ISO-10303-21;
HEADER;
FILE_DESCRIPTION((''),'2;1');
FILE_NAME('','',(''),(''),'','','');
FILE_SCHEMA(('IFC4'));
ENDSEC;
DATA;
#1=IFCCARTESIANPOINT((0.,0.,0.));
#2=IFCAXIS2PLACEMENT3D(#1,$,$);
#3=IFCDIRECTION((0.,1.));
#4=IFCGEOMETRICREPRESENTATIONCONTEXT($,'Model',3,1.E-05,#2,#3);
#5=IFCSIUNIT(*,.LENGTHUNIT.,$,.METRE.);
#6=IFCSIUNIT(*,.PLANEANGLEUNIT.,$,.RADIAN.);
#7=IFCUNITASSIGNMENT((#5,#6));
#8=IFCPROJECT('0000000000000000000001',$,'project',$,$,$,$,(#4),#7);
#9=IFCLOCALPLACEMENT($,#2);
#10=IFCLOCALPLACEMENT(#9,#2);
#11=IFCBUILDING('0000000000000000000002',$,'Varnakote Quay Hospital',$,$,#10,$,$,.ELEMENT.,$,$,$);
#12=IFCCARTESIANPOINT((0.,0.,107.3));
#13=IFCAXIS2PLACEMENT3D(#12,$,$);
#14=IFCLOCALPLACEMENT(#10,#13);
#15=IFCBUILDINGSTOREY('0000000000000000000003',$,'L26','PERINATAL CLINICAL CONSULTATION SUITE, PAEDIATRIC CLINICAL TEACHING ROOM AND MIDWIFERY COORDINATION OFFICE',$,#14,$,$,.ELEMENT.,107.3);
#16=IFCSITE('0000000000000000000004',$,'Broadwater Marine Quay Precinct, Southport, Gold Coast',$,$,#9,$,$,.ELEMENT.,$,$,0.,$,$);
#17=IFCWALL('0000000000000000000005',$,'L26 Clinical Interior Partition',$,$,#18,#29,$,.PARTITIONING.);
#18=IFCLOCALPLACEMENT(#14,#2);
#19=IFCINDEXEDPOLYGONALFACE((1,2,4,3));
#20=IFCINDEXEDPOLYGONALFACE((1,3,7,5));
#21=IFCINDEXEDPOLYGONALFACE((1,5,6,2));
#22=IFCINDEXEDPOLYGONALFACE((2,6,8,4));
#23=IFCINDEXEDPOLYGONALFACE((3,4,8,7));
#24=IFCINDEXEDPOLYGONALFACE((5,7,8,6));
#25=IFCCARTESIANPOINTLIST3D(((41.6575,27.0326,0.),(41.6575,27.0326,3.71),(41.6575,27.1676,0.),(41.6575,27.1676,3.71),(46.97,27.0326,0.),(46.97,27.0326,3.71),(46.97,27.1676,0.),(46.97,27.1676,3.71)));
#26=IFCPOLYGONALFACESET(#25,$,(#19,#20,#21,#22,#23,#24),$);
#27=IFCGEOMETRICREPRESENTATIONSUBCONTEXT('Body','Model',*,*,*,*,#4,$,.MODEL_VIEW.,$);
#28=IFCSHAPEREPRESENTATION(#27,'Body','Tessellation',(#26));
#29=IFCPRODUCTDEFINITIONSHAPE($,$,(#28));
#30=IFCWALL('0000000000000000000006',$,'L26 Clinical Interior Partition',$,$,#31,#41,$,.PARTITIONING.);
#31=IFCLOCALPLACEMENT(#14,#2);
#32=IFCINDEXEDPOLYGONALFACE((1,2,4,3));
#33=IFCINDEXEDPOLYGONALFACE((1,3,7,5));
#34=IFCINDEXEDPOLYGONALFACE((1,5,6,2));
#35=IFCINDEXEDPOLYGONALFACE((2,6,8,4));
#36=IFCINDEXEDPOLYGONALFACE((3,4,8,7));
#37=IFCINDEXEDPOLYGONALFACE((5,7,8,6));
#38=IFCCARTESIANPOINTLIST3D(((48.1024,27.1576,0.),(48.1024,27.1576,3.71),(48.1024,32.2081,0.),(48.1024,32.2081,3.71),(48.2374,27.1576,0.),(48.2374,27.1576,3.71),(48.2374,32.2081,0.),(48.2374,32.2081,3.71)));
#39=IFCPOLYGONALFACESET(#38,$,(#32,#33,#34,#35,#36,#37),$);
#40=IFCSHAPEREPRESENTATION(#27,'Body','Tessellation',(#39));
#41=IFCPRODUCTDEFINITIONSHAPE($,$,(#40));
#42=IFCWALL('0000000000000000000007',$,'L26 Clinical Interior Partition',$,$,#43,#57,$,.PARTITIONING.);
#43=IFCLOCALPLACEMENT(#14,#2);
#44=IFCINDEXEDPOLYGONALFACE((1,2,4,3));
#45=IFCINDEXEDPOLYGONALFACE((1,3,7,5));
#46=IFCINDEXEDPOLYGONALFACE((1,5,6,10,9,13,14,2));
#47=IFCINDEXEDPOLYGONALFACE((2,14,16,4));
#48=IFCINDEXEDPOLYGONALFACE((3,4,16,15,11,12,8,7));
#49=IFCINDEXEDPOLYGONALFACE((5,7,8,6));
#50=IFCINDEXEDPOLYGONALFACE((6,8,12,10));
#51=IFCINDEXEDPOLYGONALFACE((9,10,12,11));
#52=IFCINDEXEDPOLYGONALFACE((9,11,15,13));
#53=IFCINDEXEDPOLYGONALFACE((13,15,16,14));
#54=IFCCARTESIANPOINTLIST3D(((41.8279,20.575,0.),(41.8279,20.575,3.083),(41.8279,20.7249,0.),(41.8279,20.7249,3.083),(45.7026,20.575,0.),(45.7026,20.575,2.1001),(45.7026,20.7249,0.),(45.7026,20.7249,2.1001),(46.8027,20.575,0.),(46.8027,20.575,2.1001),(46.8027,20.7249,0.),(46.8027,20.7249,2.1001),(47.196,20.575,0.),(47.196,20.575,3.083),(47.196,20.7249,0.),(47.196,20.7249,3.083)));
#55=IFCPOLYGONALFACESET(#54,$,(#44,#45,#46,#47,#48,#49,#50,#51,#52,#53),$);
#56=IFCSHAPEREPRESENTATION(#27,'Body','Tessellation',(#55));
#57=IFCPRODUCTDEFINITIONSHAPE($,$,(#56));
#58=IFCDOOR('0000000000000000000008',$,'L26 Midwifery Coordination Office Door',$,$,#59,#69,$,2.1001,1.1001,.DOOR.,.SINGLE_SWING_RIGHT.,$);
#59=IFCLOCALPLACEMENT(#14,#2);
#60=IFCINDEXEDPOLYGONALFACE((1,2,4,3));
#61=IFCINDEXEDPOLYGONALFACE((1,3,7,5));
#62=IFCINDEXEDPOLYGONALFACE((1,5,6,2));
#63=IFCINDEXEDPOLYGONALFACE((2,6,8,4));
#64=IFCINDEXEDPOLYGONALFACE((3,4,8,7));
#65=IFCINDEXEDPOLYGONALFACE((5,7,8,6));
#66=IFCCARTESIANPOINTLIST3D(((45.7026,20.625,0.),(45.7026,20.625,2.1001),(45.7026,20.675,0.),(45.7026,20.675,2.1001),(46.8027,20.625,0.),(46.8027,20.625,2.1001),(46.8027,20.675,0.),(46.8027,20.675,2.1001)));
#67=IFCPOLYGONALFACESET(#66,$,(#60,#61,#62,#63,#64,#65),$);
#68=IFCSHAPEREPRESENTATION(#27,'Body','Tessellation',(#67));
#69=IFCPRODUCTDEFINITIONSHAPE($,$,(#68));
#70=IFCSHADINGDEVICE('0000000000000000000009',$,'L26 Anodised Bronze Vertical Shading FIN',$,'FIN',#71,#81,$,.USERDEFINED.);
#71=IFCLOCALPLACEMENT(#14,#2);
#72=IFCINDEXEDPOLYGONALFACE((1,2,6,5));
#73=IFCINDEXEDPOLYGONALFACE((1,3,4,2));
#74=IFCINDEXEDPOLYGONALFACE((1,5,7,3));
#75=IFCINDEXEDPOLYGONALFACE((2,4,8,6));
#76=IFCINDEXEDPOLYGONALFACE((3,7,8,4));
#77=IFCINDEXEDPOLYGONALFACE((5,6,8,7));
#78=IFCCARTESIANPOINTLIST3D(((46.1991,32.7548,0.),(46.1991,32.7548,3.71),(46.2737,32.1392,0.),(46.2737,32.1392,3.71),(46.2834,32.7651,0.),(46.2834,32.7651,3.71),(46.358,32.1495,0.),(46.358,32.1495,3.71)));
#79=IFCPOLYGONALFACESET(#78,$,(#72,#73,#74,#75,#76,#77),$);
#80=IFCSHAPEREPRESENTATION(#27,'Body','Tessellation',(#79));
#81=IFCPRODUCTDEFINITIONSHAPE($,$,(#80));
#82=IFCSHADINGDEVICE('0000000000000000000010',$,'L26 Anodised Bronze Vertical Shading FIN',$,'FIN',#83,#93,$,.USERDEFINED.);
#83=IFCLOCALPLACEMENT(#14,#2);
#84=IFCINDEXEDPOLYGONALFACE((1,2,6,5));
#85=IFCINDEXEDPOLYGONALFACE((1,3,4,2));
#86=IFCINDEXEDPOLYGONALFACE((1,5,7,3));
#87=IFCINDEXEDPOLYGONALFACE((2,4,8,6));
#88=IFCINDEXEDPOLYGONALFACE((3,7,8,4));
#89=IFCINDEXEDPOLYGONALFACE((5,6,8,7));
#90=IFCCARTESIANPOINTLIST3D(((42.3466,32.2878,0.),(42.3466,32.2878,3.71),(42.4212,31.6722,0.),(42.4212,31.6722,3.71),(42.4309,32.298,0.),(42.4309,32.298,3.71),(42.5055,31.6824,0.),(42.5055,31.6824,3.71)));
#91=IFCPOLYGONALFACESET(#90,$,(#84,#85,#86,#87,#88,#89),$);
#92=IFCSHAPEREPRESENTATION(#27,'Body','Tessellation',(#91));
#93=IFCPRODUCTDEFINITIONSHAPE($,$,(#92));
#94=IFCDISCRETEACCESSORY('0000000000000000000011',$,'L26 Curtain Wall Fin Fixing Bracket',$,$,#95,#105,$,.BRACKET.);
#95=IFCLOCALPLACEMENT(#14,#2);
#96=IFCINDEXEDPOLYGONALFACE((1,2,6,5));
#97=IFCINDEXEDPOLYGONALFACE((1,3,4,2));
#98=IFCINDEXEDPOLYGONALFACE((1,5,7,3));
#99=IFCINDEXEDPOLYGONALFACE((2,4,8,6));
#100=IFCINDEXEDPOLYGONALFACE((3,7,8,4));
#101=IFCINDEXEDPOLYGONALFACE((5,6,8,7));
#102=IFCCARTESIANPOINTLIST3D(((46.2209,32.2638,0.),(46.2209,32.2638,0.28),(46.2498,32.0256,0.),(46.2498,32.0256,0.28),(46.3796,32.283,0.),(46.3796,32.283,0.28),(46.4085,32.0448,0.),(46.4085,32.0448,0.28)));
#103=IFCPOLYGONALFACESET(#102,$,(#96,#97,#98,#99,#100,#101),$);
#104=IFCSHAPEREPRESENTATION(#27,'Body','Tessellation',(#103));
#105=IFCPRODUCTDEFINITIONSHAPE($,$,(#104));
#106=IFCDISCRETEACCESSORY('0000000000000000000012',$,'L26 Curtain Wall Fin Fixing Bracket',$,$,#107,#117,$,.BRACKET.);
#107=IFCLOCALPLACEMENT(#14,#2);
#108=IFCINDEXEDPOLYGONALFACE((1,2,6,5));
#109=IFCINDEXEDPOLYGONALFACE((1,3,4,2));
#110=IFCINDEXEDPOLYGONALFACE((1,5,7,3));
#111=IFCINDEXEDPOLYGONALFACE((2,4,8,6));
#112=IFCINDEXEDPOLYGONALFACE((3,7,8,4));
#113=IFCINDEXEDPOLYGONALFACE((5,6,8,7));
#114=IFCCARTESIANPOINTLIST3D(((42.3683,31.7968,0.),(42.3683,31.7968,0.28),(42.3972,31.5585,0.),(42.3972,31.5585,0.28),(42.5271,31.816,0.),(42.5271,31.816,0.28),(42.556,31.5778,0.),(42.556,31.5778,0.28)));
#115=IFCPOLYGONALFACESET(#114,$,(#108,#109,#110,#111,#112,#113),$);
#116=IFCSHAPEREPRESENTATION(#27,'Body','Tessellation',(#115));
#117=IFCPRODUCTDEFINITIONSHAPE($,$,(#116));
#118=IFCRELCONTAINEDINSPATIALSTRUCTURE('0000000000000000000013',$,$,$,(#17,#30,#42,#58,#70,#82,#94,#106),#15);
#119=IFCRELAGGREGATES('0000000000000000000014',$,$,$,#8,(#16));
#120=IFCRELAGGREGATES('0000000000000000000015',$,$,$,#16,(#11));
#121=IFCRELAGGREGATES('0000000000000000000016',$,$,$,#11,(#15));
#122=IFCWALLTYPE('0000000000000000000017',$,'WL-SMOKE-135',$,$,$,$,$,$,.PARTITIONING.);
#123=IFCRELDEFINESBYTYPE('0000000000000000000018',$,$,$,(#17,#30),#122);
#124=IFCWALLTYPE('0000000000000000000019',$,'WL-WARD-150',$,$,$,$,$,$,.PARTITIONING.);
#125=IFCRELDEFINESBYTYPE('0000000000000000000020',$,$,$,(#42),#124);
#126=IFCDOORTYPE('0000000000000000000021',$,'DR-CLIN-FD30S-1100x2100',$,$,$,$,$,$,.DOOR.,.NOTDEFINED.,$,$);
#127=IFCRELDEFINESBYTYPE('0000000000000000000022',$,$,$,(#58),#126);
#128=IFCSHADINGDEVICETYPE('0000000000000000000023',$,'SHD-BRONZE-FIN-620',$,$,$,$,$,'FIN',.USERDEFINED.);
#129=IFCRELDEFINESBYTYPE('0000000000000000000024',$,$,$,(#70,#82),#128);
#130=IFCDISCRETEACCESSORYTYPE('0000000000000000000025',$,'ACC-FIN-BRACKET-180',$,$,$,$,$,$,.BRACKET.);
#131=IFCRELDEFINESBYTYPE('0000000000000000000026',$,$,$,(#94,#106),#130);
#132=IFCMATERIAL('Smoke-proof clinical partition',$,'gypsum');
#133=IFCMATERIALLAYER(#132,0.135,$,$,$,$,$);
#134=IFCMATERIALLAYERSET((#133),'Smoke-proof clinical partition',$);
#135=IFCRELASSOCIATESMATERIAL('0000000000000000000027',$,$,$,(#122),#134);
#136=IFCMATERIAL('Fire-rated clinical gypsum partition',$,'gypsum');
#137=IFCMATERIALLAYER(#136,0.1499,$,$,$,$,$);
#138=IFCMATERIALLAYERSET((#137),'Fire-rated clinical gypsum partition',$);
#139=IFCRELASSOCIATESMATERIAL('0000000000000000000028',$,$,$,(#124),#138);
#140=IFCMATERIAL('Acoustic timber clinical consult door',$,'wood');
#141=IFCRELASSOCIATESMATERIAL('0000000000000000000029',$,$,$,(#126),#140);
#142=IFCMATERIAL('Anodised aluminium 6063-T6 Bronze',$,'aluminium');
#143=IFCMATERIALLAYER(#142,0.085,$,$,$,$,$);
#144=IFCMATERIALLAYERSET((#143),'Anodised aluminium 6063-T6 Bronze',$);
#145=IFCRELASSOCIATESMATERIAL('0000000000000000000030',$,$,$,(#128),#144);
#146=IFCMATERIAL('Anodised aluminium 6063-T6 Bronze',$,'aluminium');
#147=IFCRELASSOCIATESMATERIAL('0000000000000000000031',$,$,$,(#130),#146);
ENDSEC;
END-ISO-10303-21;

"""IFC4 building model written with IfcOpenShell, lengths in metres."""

from ifc_helpers import new_model, si_unit, direction, frame, frame_2d, origin, origin_2d, place, context, subcontext, project, spatial, rectangle, extrude, material, layer, layer_set, type_object, element, fill, save


model = new_model("IFC4")

# Units and contexts
model_context = context("Model", 3, precision=1e-05, world=origin(), true_north=direction((0.0, 1.0)))
body_context = subcontext(model_context, "Body", "Model", "MODEL_VIEW")
ifc_project = project(units=[si_unit("LENGTHUNIT", "METRE"), si_unit("PLANEANGLEUNIT", "RADIAN")], contexts=[model_context])

# Site, building, storey
site_placement = place(None, origin())
site = spatial("IfcSite", under=ifc_project, at=site_placement, Name="Broadwater Marine Quay Precinct, Southport, Gold Coast", CompositionType="ELEMENT", RefElevation=0.0)
building_placement = place(site_placement, origin())
building = spatial("IfcBuilding", under=site, at=building_placement, Name="Varnakote Quay Hospital", CompositionType="ELEMENT")
storey_placement = place(building_placement, frame((0.0, 0.0, 107.3)))
storey = spatial("IfcBuildingStorey", under=building, at=storey_placement, Name="L26", Description="PERINATAL CLINICAL CONSULTATION SUITE, PAEDIATRIC CLINICAL TEACHING ROOM AND MIDWIFERY COORDINATION OFFICE", CompositionType="ELEMENT", Elevation=107.3)

# Walls
ifc_material_1 = material(Name="Smoke-proof clinical partition", Category="gypsum")
ifc_layer_1 = layer(ifc_material_1, 0.135)
ifc_layer_set_1 = layer_set([ifc_layer_1], Name="Smoke-proof clinical partition")
wall_type_1 = type_object("IfcWallType", Name="WL-SMOKE-135", PredefinedType="PARTITIONING", material=ifc_layer_set_1)
wall_1_placement = place(storey_placement, frame((46.97, 27.1001, 0.0), z_axis=(0.0, 0.0, 1.0), x_axis=(-1.0, 0.0, 0.0)))
element("IfcWall", 1, at=wall_1_placement, inside=storey, type_object=wall_type_1, Name="L26 Clinical Interior Partition", PredefinedType="PARTITIONING", context=body_context, shape_type="SweptSolid", body=[
    extrude(rectangle(XDim=5.3125, YDim=0.135, at=frame_2d((2.6562, 0.0))), origin(), (0.0, 0.0, 1.0), 3.71),
])
wall_2_placement = place(storey_placement, frame((48.1699, 27.1575, 0.0), z_axis=(0.0, 0.0, 1.0), x_axis=(0.0, 1.0, 0.0)))
element("IfcWall", 2, at=wall_2_placement, inside=storey, type_object=wall_type_1, Name="L26 Clinical Interior Partition", PredefinedType="PARTITIONING", context=body_context, shape_type="SweptSolid", body=[
    extrude(rectangle(XDim=5.0505, YDim=0.135, at=frame_2d((2.5254, 0.0))), origin(), (0.0, 0.0, 1.0), 3.71),
])

# Wall, opening, door
ifc_material_2 = material(Name="Fire-rated clinical gypsum partition", Category="gypsum")
ifc_layer_2 = layer(ifc_material_2, 0.1499)
ifc_layer_set_2 = layer_set([ifc_layer_2], Name="Fire-rated clinical gypsum partition")
wall_type_2 = type_object("IfcWallType", Name="WL-WARD-150", PredefinedType="PARTITIONING", material=ifc_layer_set_2)
wall_3_placement = place(storey_placement, frame((47.196, 20.6499, 0.0), z_axis=(0.0, 0.0, 1.0), x_axis=(-1.0, 0.0, 0.0)))
wall_3 = element("IfcWall", 3, at=wall_3_placement, inside=storey, type_object=wall_type_2, Name="L26 Clinical Interior Partition", PredefinedType="PARTITIONING", context=body_context, shape_type="SweptSolid", body=[
    extrude(rectangle(XDim=5.3682, YDim=0.1499, at=frame_2d((2.6841, 0.0))), origin(), (0.0, 0.0, 1.0), 3.083),
])
opening_placement = place(wall_3_placement, frame((0.3933, 0.0, 0.0)))
opening = element("IfcOpeningElement", 4, at=opening_placement, cuts=wall_3, PredefinedType="OPENING", context=body_context, shape_type="SweptSolid", body=[
    extrude(rectangle(XDim=1.1001, YDim=2.1001, at=frame_2d((0.55, 1.05))), frame((0.0, 0.085, 0.0), z_axis=(0.0, -1.0, 0.0), x_axis=(1.0, 0.0, 0.0)), (0.0, 0.0, 1.0), 0.1699),
])
ifc_material_3 = material(Name="Acoustic timber clinical consult door", Category="wood")
door_type = type_object("IfcDoorType", Name="DR-CLIN-FD30S-1100x2100", OperationType="NOTDEFINED", PredefinedType="DOOR", material=ifc_material_3)
door_placement = place(opening_placement, origin())
door = element("IfcDoor", 5, at=door_placement, inside=storey, type_object=door_type, Name="L26 Midwifery Coordination Office Door", OperationType="SINGLE_SWING_RIGHT", OverallHeight=2.1001, OverallWidth=1.1001, PredefinedType="DOOR", context=body_context, shape_type="SweptSolid", body=[
    extrude(rectangle(XDim=1.1001, YDim=2.1001, at=frame_2d((0.55, 1.05))), frame((0.0, 0.0249, 0.0), z_axis=(0.0, -1.0, 0.0), x_axis=(1.0, 0.0, 0.0)), (0.0, 0.0, 1.0), 0.05),
])
fill(opening, door)

# Shading devices
ifc_material_4 = material(Name="Anodised aluminium 6063-T6 Bronze", Category="aluminium")
ifc_layer_3 = layer(ifc_material_4, 0.085)
ifc_layer_set_3 = layer_set([ifc_layer_3], Name="Anodised aluminium 6063-T6 Bronze")
shading_device_type = type_object("IfcShadingDeviceType", Name="SHD-BRONZE-FIN-620", ElementType="FIN", PredefinedType="USERDEFINED", material=ifc_layer_set_3)
for number, where, z_axis, x_axis, name in (
    (6, (46.2786, 32.4521, 0.0), (0.0, 0.0, 1.0), (0.12031, -0.992736, 0.0), "L26 Anodised Bronze Vertical Shading FIN"),
    (7, (42.426, 31.9851, 0.0), (0.0, 0.0, 1.0), (0.12031, -0.992736, 0.0), "L26 Anodised Bronze Vertical Shading FIN"),
):
    element("IfcShadingDevice", number, at=place(storey_placement, frame(where, z_axis=z_axis, x_axis=x_axis)), inside=storey, type_object=shading_device_type, Name=name, ObjectType="FIN", PredefinedType="USERDEFINED", context=body_context, shape_type="SweptSolid", body=[
        extrude(rectangle(XDim=0.6201, YDim=0.085, at=origin_2d()), origin(), (0.0, 0.0, 1.0), 3.71),
    ])

# Discrete accessories
ifc_material_5 = material(Name="Anodised aluminium 6063-T6 Bronze", Category="aluminium")
discrete_accessory_type = type_object("IfcDiscreteAccessoryType", Name="ACC-FIN-BRACKET-180", PredefinedType="BRACKET", material=ifc_material_5)
for number, where, z_axis, x_axis, name in (
    (8, (46.3147, 32.1543, 0.0), (0.0, 0.0, 1.0), (-0.992736, -0.12031, 0.0), "L26 Curtain Wall Fin Fixing Bracket"),
    (9, (42.4622, 31.6873, 0.0), (0.0, 0.0, 1.0), (-0.992736, -0.12031, 0.0), "L26 Curtain Wall Fin Fixing Bracket"),
):
    element("IfcDiscreteAccessory", number, at=place(storey_placement, frame(where, z_axis=z_axis, x_axis=x_axis)), inside=storey, type_object=discrete_accessory_type, Name=name, PredefinedType="BRACKET", context=body_context, shape_type="SweptSolid", body=[
        extrude(rectangle(XDim=0.1599, YDim=0.24, at=origin_2d()), origin(), (0.0, 0.0, 1.0), 0.28),
    ])

save(model, "model.ifc")
